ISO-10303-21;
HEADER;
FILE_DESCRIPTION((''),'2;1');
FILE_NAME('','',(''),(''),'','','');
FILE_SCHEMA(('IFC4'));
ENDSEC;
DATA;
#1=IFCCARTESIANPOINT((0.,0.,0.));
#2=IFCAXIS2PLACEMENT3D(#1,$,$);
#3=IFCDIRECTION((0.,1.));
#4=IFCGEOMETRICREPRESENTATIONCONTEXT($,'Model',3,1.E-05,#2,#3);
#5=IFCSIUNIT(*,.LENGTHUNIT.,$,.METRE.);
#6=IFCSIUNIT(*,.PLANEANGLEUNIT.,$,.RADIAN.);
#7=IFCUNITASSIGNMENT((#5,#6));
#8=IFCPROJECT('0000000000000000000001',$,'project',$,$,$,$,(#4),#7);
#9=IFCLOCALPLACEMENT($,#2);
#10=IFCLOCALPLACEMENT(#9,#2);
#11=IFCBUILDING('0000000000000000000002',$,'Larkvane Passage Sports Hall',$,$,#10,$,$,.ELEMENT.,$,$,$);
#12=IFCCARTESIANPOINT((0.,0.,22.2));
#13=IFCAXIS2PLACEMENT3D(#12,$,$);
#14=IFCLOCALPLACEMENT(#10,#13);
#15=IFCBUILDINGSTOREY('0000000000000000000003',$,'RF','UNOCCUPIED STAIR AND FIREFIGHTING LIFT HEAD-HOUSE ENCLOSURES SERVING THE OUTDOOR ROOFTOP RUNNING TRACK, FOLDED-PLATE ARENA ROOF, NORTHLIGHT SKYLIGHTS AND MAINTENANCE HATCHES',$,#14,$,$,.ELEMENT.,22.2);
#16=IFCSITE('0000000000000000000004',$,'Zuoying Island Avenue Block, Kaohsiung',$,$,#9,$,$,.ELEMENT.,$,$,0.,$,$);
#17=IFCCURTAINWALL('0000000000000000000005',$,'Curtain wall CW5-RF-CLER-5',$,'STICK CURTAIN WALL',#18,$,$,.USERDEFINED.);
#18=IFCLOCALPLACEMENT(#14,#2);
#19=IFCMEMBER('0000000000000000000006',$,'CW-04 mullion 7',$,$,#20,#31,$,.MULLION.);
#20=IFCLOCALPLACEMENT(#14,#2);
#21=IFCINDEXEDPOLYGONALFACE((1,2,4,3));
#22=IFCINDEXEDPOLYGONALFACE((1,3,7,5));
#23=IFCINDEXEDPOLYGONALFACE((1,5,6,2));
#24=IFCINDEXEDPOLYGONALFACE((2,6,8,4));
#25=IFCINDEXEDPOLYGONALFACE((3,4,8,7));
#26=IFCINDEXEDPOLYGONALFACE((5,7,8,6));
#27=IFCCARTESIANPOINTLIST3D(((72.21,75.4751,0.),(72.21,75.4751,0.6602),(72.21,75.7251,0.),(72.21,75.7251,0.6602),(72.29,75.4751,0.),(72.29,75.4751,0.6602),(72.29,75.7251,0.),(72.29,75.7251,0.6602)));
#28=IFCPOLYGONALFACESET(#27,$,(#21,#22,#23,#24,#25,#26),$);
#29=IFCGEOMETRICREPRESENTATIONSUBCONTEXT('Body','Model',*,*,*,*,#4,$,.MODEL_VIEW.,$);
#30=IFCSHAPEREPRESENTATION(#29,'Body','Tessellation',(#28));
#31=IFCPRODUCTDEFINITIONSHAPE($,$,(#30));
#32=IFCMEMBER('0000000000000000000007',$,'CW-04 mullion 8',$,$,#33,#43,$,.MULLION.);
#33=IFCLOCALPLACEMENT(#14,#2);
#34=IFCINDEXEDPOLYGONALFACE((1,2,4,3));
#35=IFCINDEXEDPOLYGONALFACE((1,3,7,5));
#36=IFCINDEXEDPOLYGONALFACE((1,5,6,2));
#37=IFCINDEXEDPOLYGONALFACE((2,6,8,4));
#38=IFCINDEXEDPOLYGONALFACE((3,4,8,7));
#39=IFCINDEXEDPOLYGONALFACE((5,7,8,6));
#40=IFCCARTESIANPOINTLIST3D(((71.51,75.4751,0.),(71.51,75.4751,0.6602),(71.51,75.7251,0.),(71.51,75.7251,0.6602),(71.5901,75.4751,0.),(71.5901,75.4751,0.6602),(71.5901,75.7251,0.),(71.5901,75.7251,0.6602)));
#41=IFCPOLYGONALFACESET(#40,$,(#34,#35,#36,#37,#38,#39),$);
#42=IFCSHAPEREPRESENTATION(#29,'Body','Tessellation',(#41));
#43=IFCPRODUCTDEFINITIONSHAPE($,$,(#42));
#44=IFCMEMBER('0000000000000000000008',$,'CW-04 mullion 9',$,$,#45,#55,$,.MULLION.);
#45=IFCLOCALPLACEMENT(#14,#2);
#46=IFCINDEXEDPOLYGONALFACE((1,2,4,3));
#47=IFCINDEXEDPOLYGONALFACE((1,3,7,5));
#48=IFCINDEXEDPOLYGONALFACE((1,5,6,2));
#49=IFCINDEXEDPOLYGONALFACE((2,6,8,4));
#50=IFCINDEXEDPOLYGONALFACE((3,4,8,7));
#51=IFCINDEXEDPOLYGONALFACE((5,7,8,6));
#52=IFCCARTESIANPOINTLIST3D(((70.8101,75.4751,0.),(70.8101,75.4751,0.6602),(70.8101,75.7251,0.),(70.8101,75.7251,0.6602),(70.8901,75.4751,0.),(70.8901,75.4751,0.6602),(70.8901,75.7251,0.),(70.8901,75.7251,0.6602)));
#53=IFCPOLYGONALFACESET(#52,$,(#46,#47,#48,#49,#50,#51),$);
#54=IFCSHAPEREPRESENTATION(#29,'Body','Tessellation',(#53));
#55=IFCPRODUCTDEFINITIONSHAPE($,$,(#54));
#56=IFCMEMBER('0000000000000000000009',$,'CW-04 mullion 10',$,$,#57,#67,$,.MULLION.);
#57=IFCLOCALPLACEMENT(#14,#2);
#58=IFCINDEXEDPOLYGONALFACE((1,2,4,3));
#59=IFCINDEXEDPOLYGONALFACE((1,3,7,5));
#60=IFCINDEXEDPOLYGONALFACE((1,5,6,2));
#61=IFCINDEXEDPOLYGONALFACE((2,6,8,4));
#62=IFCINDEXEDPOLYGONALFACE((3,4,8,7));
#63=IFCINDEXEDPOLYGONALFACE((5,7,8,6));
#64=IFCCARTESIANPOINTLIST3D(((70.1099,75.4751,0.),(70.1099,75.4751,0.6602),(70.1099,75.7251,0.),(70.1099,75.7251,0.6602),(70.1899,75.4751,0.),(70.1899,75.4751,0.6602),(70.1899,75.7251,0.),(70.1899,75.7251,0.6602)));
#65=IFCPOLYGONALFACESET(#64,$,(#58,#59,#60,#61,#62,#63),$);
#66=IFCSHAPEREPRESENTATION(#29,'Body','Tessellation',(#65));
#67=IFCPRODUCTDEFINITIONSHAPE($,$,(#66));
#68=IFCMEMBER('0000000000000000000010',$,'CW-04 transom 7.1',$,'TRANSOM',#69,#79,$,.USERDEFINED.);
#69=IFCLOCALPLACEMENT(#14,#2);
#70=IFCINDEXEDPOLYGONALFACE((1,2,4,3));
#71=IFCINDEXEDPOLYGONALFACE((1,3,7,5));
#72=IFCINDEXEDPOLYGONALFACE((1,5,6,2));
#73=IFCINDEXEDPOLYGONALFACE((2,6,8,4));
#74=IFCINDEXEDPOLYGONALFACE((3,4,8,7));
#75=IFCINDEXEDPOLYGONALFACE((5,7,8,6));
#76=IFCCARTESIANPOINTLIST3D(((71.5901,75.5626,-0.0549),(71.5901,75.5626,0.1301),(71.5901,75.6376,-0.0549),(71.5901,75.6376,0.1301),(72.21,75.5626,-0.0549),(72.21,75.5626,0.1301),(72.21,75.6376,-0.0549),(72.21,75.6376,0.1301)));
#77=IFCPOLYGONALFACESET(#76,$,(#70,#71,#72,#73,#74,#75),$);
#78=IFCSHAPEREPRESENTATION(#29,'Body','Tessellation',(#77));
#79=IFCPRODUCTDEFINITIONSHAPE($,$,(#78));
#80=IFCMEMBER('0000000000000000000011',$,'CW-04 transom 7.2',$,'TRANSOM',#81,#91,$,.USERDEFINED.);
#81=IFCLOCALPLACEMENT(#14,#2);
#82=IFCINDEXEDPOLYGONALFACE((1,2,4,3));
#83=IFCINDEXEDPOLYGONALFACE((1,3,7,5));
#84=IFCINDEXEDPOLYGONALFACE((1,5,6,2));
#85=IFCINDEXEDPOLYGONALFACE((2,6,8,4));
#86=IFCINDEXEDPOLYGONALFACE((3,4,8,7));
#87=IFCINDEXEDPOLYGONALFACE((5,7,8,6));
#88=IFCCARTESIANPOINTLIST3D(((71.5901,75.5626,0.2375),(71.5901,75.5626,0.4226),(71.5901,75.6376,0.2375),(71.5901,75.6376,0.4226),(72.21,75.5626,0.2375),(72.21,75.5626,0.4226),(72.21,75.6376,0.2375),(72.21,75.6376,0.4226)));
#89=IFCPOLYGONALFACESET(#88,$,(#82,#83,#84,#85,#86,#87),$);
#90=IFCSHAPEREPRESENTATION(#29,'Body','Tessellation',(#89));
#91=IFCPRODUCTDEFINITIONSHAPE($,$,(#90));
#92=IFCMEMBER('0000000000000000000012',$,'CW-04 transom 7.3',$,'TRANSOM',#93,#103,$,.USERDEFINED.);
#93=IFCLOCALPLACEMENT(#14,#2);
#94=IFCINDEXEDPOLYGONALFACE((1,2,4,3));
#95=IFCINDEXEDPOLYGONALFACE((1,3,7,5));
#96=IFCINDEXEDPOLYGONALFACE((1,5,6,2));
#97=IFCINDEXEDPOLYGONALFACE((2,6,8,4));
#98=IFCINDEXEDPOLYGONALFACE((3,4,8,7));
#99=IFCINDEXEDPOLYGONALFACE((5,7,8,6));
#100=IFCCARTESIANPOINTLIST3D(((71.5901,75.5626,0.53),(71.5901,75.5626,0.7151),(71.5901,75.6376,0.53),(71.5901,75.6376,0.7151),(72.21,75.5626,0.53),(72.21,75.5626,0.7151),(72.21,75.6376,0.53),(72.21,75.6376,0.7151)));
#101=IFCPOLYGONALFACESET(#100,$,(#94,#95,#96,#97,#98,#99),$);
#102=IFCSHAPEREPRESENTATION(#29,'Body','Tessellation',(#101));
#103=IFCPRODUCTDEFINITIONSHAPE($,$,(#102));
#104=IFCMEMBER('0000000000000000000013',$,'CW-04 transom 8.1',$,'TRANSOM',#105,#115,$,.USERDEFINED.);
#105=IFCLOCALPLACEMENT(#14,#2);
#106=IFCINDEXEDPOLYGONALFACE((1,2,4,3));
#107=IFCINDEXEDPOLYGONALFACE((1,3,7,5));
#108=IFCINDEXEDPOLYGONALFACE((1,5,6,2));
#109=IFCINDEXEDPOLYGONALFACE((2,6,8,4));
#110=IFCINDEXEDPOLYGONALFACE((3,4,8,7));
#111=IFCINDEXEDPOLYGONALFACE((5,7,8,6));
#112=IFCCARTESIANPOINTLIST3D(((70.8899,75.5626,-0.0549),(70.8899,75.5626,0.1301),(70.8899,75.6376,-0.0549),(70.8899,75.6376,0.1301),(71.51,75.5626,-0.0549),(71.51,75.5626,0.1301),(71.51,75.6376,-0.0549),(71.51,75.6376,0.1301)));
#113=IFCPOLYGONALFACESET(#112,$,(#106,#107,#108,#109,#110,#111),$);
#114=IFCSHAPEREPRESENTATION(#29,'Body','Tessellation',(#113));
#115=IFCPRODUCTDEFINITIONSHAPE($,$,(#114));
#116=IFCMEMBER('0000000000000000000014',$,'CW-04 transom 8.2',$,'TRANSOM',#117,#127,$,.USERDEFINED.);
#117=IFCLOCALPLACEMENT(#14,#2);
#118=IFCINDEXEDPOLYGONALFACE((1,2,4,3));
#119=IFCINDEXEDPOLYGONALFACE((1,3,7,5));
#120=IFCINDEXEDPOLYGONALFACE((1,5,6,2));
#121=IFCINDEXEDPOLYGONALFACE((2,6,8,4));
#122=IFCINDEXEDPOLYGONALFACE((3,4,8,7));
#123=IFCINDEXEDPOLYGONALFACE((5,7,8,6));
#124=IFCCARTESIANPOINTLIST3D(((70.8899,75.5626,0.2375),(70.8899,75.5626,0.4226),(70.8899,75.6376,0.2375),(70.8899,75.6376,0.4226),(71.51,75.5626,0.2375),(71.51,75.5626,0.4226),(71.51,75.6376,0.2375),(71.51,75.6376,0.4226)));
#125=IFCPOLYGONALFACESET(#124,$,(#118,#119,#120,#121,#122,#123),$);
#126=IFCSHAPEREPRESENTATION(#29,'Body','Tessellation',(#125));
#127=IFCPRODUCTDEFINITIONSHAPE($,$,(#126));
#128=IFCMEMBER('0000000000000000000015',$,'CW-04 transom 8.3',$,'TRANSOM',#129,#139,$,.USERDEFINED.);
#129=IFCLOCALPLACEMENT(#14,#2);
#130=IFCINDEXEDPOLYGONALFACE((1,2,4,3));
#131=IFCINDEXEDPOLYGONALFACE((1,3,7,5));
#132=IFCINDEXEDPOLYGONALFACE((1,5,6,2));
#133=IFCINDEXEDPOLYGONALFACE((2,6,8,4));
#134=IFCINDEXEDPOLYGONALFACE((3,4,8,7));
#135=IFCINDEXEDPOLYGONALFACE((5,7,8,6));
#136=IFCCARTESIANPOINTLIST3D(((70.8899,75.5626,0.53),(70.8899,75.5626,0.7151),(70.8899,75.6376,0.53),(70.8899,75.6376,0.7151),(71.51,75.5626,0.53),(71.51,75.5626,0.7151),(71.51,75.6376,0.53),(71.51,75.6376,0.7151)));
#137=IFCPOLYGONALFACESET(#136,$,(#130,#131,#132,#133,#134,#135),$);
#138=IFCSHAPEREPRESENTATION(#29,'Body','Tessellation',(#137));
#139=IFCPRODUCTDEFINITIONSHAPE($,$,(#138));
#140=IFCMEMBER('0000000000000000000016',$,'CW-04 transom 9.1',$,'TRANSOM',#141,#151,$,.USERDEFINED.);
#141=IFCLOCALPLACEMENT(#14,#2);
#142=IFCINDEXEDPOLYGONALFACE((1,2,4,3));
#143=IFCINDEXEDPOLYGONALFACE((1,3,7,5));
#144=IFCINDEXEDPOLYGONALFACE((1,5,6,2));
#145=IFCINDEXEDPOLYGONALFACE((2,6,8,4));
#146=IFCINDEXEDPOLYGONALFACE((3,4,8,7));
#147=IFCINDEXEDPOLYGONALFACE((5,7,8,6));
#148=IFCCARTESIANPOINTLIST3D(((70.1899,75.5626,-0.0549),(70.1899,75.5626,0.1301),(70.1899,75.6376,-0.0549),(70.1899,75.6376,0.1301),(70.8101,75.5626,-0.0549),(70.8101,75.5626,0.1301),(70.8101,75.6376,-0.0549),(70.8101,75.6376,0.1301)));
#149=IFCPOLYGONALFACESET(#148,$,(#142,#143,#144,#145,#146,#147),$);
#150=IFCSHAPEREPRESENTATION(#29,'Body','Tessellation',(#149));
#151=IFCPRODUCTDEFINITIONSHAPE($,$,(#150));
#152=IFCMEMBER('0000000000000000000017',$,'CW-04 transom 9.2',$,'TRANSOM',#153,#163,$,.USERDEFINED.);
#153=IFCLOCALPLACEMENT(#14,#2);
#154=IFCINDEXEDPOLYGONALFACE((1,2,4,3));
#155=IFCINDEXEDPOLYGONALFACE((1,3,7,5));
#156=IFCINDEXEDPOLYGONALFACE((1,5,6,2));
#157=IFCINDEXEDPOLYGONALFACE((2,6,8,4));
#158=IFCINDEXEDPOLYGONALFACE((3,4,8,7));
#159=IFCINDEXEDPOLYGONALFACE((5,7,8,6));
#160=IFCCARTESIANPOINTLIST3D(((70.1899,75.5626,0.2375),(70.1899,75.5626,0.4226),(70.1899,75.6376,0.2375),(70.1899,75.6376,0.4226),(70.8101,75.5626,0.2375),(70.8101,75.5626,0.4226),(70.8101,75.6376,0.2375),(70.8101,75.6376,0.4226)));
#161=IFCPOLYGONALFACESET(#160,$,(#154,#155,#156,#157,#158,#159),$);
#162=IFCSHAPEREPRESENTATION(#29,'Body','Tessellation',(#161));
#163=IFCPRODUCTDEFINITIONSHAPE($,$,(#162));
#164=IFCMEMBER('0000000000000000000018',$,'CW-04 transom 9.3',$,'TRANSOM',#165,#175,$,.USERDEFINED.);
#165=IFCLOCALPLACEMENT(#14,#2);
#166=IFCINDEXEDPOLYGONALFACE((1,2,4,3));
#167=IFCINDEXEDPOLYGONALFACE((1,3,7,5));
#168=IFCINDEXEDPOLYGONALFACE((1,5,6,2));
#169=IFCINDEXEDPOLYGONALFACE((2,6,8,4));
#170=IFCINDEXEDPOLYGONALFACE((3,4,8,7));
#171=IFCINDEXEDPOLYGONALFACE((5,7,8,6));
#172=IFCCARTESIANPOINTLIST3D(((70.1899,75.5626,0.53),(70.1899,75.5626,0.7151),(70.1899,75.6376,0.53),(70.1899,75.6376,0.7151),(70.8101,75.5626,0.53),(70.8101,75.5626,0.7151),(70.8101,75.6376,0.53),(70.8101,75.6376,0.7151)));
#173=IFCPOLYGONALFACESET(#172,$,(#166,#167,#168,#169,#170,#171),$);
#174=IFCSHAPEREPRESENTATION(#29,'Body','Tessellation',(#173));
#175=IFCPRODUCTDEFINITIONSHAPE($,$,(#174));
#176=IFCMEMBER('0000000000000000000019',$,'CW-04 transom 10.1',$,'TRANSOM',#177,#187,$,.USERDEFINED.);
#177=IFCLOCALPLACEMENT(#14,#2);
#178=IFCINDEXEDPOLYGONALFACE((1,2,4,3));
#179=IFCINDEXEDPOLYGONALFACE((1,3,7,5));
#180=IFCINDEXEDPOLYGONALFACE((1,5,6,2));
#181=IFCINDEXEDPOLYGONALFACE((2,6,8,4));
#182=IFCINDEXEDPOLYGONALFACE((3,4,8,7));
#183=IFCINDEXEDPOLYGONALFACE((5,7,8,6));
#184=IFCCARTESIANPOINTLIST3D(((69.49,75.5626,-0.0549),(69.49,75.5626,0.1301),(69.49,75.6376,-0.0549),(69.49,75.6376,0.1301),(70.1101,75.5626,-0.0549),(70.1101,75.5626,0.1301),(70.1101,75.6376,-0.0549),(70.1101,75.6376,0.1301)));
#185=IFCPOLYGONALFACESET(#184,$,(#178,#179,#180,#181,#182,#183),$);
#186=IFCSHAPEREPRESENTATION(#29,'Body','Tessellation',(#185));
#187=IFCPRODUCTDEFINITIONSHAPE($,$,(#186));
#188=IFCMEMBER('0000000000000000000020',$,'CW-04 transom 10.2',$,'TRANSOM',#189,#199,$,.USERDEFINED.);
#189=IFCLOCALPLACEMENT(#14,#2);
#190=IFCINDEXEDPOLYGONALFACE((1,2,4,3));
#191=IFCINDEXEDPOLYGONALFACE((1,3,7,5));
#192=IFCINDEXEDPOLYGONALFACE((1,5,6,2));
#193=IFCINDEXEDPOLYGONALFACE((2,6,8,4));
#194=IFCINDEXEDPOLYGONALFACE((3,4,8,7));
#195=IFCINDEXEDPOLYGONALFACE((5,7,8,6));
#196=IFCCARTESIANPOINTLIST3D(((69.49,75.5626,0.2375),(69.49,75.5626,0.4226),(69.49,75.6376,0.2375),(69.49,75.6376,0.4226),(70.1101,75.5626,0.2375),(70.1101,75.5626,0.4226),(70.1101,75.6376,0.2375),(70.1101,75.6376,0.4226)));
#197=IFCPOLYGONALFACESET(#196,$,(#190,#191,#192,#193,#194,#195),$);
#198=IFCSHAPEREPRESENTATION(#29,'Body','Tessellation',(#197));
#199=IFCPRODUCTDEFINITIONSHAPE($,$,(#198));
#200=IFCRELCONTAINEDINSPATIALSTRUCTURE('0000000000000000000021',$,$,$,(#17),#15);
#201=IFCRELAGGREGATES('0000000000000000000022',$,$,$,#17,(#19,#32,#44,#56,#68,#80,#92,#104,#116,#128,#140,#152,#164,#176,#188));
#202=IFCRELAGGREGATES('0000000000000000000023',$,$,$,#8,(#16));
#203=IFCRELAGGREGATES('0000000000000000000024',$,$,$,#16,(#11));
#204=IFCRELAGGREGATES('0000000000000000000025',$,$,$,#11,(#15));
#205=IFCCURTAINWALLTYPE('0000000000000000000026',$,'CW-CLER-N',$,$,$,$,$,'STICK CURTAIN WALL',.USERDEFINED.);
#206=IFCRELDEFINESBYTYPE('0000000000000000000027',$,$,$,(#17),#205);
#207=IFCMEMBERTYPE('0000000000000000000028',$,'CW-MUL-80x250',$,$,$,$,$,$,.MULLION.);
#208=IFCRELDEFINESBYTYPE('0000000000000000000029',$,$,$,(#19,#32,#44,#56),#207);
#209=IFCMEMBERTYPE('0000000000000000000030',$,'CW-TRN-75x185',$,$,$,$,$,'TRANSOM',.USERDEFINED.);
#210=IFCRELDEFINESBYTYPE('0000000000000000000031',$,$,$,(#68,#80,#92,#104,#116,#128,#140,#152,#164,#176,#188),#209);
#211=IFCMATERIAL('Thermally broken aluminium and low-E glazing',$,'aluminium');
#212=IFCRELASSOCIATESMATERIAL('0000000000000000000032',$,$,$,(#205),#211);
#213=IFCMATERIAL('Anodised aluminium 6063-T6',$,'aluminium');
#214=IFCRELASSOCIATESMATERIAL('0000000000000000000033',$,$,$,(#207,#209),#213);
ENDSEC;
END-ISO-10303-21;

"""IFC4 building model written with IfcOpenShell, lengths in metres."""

from ifc_helpers import new_model, si_unit, direction, frame, origin, origin_2d, place, context, subcontext, project, spatial, rectangle, extrude, material, material_profile, profile_set, type_object, element, aggregate, save


model = new_model("IFC4")

# Units and contexts
model_context = context("Model", 3, precision=1e-05, world=origin(), true_north=direction((0.0, 1.0)))
body_context = subcontext(model_context, "Body", "Model", "MODEL_VIEW")
ifc_project = project(units=[si_unit("LENGTHUNIT", "METRE"), si_unit("PLANEANGLEUNIT", "RADIAN")], contexts=[model_context])

# Site, building, storey
site_placement = place(None, origin())
site = spatial("IfcSite", under=ifc_project, at=site_placement, Name="Zuoying Island Avenue Block, Kaohsiung", CompositionType="ELEMENT", RefElevation=0.0)
building_placement = place(site_placement, origin())
building = spatial("IfcBuilding", under=site, at=building_placement, Name="Larkvane Passage Sports Hall", CompositionType="ELEMENT")
storey_placement = place(building_placement, frame((0.0, 0.0, 22.2)))
storey = spatial("IfcBuildingStorey", under=building, at=storey_placement, Name="RF", Description="UNOCCUPIED STAIR AND FIREFIGHTING LIFT HEAD-HOUSE ENCLOSURES SERVING THE OUTDOOR ROOFTOP RUNNING TRACK, FOLDED-PLATE ARENA ROOF, NORTHLIGHT SKYLIGHTS AND MAINTENANCE HATCHES", CompositionType="ELEMENT", Elevation=22.2)

# Curtain wall, members
ifc_material_1 = material(Name="Thermally broken aluminium and low-E glazing", Category="aluminium")
curtain_wall_type = type_object("IfcCurtainWallType", Name="CW-CLER-N", ElementType="STICK CURTAIN WALL", PredefinedType="USERDEFINED", material=ifc_material_1)
curtain_wall_placement = place(storey_placement, origin())
curtain_wall = element("IfcCurtainWall", 1, at=curtain_wall_placement, inside=storey, type_object=curtain_wall_type, Name="Curtain wall CW5-RF-CLER-5", ObjectType="STICK CURTAIN WALL", PredefinedType="USERDEFINED")
ifc_material_2 = material(Name="Anodised aluminium 6063-T6", Category="aluminium")
ifc_material_profile_1 = material_profile(ifc_material_2, rectangle(XDim=0.0801, YDim=0.25, at=origin_2d()), Name="ALU-MUL-80x250")
ifc_profile_set_1 = profile_set([ifc_material_profile_1], Name="Anodised aluminium 6063-T6")
member_type_1 = type_object("IfcMemberType", Name="CW-MUL-80x250", PredefinedType="MULLION", material=ifc_profile_set_1)
member_1_placement = place(storey_placement, frame((72.25, 75.6001, 0.0), z_axis=(0.0, 0.0, 1.0), x_axis=(-1.0, 0.0, 0.0)))
member_1 = element("IfcMember", 2, at=member_1_placement, type_object=member_type_1, Name="CW-04 mullion 7", PredefinedType="MULLION", context=body_context, shape_type="SweptSolid", body=[
    extrude(rectangle(XDim=0.0801, YDim=0.25, at=origin_2d()), origin(), (0.0, 0.0, 1.0), 0.6602),
])
member_2_placement = place(storey_placement, frame((71.55, 75.6001, 0.0), z_axis=(0.0, 0.0, 1.0), x_axis=(-1.0, 0.0, 0.0)))
member_2 = element("IfcMember", 3, at=member_2_placement, type_object=member_type_1, Name="CW-04 mullion 8", PredefinedType="MULLION", context=body_context, shape_type="SweptSolid", body=[
    extrude(rectangle(XDim=0.0801, YDim=0.25, at=origin_2d()), origin(), (0.0, 0.0, 1.0), 0.6602),
])
member_3_placement = place(storey_placement, frame((70.8501, 75.6001, 0.0), z_axis=(0.0, 0.0, 1.0), x_axis=(-1.0, 0.0, 0.0)))
member_3 = element("IfcMember", 4, at=member_3_placement, type_object=member_type_1, Name="CW-04 mullion 9", PredefinedType="MULLION", context=body_context, shape_type="SweptSolid", body=[
    extrude(rectangle(XDim=0.0801, YDim=0.25, at=origin_2d()), origin(), (0.0, 0.0, 1.0), 0.6602),
])
member_4_placement = place(storey_placement, frame((70.1499, 75.6001, 0.0), z_axis=(0.0, 0.0, 1.0), x_axis=(-1.0, 0.0, 0.0)))
member_4 = element("IfcMember", 5, at=member_4_placement, type_object=member_type_1, Name="CW-04 mullion 10", PredefinedType="MULLION", context=body_context, shape_type="SweptSolid", body=[
    extrude(rectangle(XDim=0.0801, YDim=0.25, at=origin_2d()), origin(), (0.0, 0.0, 1.0), 0.6602),
])
ifc_material_profile_2 = material_profile(ifc_material_2, rectangle(XDim=0.075, YDim=0.1851, at=origin_2d()), Name="ALU-TRN-75x185")
ifc_profile_set_2 = profile_set([ifc_material_profile_2], Name="Anodised aluminium 6063-T6")
member_type_2 = type_object("IfcMemberType", Name="CW-TRN-75x185", ElementType="TRANSOM", PredefinedType="USERDEFINED", material=ifc_profile_set_2)
member_5_placement = place(storey_placement, frame((72.21, 75.6001, 0.0376), z_axis=(-1.0, 0.0, 0.0), x_axis=(0.0, -1.0, 0.0)))
member_5 = element("IfcMember", 6, at=member_5_placement, type_object=member_type_2, Name="CW-04 transom 7.1", ObjectType="TRANSOM", PredefinedType="USERDEFINED", context=body_context, shape_type="SweptSolid", body=[
    extrude(rectangle(XDim=0.075, YDim=0.1851, at=origin_2d()), origin(), (0.0, 0.0, 1.0), 0.6199),
])
member_6_placement = place(storey_placement, frame((72.21, 75.6001, 0.3301), z_axis=(-1.0, 0.0, 0.0), x_axis=(0.0, -1.0, 0.0)))
member_6 = element("IfcMember", 7, at=member_6_placement, type_object=member_type_2, Name="CW-04 transom 7.2", ObjectType="TRANSOM", PredefinedType="USERDEFINED", context=body_context, shape_type="SweptSolid", body=[
    extrude(rectangle(XDim=0.075, YDim=0.1851, at=origin_2d()), origin(), (0.0, 0.0, 1.0), 0.6199),
])
member_7_placement = place(storey_placement, frame((72.21, 75.6001, 0.6226), z_axis=(-1.0, 0.0, 0.0), x_axis=(0.0, -1.0, 0.0)))
member_7 = element("IfcMember", 8, at=member_7_placement, type_object=member_type_2, Name="CW-04 transom 7.3", ObjectType="TRANSOM", PredefinedType="USERDEFINED", context=body_context, shape_type="SweptSolid", body=[
    extrude(rectangle(XDim=0.075, YDim=0.1851, at=origin_2d()), origin(), (0.0, 0.0, 1.0), 0.6199),
])
member_8_placement = place(storey_placement, frame((71.51, 75.6001, 0.0376), z_axis=(-1.0, 0.0, 0.0), x_axis=(0.0, -1.0, 0.0)))
member_8 = element("IfcMember", 9, at=member_8_placement, type_object=member_type_2, Name="CW-04 transom 8.1", ObjectType="TRANSOM", PredefinedType="USERDEFINED", context=body_context, shape_type="SweptSolid", body=[
    extrude(rectangle(XDim=0.075, YDim=0.1851, at=origin_2d()), origin(), (0.0, 0.0, 1.0), 0.6201),
])
member_9_placement = place(storey_placement, frame((71.51, 75.6001, 0.3301), z_axis=(-1.0, 0.0, 0.0), x_axis=(0.0, -1.0, 0.0)))
member_9 = element("IfcMember", 10, at=member_9_placement, type_object=member_type_2, Name="CW-04 transom 8.2", ObjectType="TRANSOM", PredefinedType="USERDEFINED", context=body_context, shape_type="SweptSolid", body=[
    extrude(rectangle(XDim=0.075, YDim=0.1851, at=origin_2d()), origin(), (0.0, 0.0, 1.0), 0.6201),
])
member_10_placement = place(storey_placement, frame((71.51, 75.6001, 0.6226), z_axis=(-1.0, 0.0, 0.0), x_axis=(0.0, -1.0, 0.0)))
member_10 = element("IfcMember", 11, at=member_10_placement, type_object=member_type_2, Name="CW-04 transom 8.3", ObjectType="TRANSOM", PredefinedType="USERDEFINED", context=body_context, shape_type="SweptSolid", body=[
    extrude(rectangle(XDim=0.075, YDim=0.1851, at=origin_2d()), origin(), (0.0, 0.0, 1.0), 0.6201),
])
member_11_placement = place(storey_placement, frame((70.8101, 75.6001, 0.0376), z_axis=(-1.0, 0.0, 0.0), x_axis=(0.0, -1.0, 0.0)))
member_11 = element("IfcMember", 12, at=member_11_placement, type_object=member_type_2, Name="CW-04 transom 9.1", ObjectType="TRANSOM", PredefinedType="USERDEFINED", context=body_context, shape_type="SweptSolid", body=[
    extrude(rectangle(XDim=0.075, YDim=0.1851, at=origin_2d()), origin(), (0.0, 0.0, 1.0), 0.6201),
])
member_12_placement = place(storey_placement, frame((70.8101, 75.6001, 0.3301), z_axis=(-1.0, 0.0, 0.0), x_axis=(0.0, -1.0, 0.0)))
member_12 = element("IfcMember", 13, at=member_12_placement, type_object=member_type_2, Name="CW-04 transom 9.2", ObjectType="TRANSOM", PredefinedType="USERDEFINED", context=body_context, shape_type="SweptSolid", body=[
    extrude(rectangle(XDim=0.075, YDim=0.1851, at=origin_2d()), origin(), (0.0, 0.0, 1.0), 0.6201),
])
member_13_placement = place(storey_placement, frame((70.8101, 75.6001, 0.6226), z_axis=(-1.0, 0.0, 0.0), x_axis=(0.0, -1.0, 0.0)))
member_13 = element("IfcMember", 14, at=member_13_placement, type_object=member_type_2, Name="CW-04 transom 9.3", ObjectType="TRANSOM", PredefinedType="USERDEFINED", context=body_context, shape_type="SweptSolid", body=[
    extrude(rectangle(XDim=0.075, YDim=0.1851, at=origin_2d()), origin(), (0.0, 0.0, 1.0), 0.6201),
])
member_14_placement = place(storey_placement, frame((70.1101, 75.6001, 0.0376), z_axis=(-1.0, 0.0, 0.0), x_axis=(0.0, -1.0, 0.0)))
member_14 = element("IfcMember", 15, at=member_14_placement, type_object=member_type_2, Name="CW-04 transom 10.1", ObjectType="TRANSOM", PredefinedType="USERDEFINED", context=body_context, shape_type="SweptSolid", body=[
    extrude(rectangle(XDim=0.075, YDim=0.1851, at=origin_2d()), origin(), (0.0, 0.0, 1.0), 0.6201),
])
member_15_placement = place(storey_placement, frame((70.1101, 75.6001, 0.3301), z_axis=(-1.0, 0.0, 0.0), x_axis=(0.0, -1.0, 0.0)))
member_15 = element("IfcMember", 16, at=member_15_placement, type_object=member_type_2, Name="CW-04 transom 10.2", ObjectType="TRANSOM", PredefinedType="USERDEFINED", context=body_context, shape_type="SweptSolid", body=[
    extrude(rectangle(XDim=0.075, YDim=0.1851, at=origin_2d()), origin(), (0.0, 0.0, 1.0), 0.6201),
])

aggregate(curtain_wall, [member_1, member_2, member_3, member_4, member_5, member_6, member_7, member_8, member_9, member_10, member_11, member_12, member_13, member_14, member_15])

save(model, "model.ifc")
